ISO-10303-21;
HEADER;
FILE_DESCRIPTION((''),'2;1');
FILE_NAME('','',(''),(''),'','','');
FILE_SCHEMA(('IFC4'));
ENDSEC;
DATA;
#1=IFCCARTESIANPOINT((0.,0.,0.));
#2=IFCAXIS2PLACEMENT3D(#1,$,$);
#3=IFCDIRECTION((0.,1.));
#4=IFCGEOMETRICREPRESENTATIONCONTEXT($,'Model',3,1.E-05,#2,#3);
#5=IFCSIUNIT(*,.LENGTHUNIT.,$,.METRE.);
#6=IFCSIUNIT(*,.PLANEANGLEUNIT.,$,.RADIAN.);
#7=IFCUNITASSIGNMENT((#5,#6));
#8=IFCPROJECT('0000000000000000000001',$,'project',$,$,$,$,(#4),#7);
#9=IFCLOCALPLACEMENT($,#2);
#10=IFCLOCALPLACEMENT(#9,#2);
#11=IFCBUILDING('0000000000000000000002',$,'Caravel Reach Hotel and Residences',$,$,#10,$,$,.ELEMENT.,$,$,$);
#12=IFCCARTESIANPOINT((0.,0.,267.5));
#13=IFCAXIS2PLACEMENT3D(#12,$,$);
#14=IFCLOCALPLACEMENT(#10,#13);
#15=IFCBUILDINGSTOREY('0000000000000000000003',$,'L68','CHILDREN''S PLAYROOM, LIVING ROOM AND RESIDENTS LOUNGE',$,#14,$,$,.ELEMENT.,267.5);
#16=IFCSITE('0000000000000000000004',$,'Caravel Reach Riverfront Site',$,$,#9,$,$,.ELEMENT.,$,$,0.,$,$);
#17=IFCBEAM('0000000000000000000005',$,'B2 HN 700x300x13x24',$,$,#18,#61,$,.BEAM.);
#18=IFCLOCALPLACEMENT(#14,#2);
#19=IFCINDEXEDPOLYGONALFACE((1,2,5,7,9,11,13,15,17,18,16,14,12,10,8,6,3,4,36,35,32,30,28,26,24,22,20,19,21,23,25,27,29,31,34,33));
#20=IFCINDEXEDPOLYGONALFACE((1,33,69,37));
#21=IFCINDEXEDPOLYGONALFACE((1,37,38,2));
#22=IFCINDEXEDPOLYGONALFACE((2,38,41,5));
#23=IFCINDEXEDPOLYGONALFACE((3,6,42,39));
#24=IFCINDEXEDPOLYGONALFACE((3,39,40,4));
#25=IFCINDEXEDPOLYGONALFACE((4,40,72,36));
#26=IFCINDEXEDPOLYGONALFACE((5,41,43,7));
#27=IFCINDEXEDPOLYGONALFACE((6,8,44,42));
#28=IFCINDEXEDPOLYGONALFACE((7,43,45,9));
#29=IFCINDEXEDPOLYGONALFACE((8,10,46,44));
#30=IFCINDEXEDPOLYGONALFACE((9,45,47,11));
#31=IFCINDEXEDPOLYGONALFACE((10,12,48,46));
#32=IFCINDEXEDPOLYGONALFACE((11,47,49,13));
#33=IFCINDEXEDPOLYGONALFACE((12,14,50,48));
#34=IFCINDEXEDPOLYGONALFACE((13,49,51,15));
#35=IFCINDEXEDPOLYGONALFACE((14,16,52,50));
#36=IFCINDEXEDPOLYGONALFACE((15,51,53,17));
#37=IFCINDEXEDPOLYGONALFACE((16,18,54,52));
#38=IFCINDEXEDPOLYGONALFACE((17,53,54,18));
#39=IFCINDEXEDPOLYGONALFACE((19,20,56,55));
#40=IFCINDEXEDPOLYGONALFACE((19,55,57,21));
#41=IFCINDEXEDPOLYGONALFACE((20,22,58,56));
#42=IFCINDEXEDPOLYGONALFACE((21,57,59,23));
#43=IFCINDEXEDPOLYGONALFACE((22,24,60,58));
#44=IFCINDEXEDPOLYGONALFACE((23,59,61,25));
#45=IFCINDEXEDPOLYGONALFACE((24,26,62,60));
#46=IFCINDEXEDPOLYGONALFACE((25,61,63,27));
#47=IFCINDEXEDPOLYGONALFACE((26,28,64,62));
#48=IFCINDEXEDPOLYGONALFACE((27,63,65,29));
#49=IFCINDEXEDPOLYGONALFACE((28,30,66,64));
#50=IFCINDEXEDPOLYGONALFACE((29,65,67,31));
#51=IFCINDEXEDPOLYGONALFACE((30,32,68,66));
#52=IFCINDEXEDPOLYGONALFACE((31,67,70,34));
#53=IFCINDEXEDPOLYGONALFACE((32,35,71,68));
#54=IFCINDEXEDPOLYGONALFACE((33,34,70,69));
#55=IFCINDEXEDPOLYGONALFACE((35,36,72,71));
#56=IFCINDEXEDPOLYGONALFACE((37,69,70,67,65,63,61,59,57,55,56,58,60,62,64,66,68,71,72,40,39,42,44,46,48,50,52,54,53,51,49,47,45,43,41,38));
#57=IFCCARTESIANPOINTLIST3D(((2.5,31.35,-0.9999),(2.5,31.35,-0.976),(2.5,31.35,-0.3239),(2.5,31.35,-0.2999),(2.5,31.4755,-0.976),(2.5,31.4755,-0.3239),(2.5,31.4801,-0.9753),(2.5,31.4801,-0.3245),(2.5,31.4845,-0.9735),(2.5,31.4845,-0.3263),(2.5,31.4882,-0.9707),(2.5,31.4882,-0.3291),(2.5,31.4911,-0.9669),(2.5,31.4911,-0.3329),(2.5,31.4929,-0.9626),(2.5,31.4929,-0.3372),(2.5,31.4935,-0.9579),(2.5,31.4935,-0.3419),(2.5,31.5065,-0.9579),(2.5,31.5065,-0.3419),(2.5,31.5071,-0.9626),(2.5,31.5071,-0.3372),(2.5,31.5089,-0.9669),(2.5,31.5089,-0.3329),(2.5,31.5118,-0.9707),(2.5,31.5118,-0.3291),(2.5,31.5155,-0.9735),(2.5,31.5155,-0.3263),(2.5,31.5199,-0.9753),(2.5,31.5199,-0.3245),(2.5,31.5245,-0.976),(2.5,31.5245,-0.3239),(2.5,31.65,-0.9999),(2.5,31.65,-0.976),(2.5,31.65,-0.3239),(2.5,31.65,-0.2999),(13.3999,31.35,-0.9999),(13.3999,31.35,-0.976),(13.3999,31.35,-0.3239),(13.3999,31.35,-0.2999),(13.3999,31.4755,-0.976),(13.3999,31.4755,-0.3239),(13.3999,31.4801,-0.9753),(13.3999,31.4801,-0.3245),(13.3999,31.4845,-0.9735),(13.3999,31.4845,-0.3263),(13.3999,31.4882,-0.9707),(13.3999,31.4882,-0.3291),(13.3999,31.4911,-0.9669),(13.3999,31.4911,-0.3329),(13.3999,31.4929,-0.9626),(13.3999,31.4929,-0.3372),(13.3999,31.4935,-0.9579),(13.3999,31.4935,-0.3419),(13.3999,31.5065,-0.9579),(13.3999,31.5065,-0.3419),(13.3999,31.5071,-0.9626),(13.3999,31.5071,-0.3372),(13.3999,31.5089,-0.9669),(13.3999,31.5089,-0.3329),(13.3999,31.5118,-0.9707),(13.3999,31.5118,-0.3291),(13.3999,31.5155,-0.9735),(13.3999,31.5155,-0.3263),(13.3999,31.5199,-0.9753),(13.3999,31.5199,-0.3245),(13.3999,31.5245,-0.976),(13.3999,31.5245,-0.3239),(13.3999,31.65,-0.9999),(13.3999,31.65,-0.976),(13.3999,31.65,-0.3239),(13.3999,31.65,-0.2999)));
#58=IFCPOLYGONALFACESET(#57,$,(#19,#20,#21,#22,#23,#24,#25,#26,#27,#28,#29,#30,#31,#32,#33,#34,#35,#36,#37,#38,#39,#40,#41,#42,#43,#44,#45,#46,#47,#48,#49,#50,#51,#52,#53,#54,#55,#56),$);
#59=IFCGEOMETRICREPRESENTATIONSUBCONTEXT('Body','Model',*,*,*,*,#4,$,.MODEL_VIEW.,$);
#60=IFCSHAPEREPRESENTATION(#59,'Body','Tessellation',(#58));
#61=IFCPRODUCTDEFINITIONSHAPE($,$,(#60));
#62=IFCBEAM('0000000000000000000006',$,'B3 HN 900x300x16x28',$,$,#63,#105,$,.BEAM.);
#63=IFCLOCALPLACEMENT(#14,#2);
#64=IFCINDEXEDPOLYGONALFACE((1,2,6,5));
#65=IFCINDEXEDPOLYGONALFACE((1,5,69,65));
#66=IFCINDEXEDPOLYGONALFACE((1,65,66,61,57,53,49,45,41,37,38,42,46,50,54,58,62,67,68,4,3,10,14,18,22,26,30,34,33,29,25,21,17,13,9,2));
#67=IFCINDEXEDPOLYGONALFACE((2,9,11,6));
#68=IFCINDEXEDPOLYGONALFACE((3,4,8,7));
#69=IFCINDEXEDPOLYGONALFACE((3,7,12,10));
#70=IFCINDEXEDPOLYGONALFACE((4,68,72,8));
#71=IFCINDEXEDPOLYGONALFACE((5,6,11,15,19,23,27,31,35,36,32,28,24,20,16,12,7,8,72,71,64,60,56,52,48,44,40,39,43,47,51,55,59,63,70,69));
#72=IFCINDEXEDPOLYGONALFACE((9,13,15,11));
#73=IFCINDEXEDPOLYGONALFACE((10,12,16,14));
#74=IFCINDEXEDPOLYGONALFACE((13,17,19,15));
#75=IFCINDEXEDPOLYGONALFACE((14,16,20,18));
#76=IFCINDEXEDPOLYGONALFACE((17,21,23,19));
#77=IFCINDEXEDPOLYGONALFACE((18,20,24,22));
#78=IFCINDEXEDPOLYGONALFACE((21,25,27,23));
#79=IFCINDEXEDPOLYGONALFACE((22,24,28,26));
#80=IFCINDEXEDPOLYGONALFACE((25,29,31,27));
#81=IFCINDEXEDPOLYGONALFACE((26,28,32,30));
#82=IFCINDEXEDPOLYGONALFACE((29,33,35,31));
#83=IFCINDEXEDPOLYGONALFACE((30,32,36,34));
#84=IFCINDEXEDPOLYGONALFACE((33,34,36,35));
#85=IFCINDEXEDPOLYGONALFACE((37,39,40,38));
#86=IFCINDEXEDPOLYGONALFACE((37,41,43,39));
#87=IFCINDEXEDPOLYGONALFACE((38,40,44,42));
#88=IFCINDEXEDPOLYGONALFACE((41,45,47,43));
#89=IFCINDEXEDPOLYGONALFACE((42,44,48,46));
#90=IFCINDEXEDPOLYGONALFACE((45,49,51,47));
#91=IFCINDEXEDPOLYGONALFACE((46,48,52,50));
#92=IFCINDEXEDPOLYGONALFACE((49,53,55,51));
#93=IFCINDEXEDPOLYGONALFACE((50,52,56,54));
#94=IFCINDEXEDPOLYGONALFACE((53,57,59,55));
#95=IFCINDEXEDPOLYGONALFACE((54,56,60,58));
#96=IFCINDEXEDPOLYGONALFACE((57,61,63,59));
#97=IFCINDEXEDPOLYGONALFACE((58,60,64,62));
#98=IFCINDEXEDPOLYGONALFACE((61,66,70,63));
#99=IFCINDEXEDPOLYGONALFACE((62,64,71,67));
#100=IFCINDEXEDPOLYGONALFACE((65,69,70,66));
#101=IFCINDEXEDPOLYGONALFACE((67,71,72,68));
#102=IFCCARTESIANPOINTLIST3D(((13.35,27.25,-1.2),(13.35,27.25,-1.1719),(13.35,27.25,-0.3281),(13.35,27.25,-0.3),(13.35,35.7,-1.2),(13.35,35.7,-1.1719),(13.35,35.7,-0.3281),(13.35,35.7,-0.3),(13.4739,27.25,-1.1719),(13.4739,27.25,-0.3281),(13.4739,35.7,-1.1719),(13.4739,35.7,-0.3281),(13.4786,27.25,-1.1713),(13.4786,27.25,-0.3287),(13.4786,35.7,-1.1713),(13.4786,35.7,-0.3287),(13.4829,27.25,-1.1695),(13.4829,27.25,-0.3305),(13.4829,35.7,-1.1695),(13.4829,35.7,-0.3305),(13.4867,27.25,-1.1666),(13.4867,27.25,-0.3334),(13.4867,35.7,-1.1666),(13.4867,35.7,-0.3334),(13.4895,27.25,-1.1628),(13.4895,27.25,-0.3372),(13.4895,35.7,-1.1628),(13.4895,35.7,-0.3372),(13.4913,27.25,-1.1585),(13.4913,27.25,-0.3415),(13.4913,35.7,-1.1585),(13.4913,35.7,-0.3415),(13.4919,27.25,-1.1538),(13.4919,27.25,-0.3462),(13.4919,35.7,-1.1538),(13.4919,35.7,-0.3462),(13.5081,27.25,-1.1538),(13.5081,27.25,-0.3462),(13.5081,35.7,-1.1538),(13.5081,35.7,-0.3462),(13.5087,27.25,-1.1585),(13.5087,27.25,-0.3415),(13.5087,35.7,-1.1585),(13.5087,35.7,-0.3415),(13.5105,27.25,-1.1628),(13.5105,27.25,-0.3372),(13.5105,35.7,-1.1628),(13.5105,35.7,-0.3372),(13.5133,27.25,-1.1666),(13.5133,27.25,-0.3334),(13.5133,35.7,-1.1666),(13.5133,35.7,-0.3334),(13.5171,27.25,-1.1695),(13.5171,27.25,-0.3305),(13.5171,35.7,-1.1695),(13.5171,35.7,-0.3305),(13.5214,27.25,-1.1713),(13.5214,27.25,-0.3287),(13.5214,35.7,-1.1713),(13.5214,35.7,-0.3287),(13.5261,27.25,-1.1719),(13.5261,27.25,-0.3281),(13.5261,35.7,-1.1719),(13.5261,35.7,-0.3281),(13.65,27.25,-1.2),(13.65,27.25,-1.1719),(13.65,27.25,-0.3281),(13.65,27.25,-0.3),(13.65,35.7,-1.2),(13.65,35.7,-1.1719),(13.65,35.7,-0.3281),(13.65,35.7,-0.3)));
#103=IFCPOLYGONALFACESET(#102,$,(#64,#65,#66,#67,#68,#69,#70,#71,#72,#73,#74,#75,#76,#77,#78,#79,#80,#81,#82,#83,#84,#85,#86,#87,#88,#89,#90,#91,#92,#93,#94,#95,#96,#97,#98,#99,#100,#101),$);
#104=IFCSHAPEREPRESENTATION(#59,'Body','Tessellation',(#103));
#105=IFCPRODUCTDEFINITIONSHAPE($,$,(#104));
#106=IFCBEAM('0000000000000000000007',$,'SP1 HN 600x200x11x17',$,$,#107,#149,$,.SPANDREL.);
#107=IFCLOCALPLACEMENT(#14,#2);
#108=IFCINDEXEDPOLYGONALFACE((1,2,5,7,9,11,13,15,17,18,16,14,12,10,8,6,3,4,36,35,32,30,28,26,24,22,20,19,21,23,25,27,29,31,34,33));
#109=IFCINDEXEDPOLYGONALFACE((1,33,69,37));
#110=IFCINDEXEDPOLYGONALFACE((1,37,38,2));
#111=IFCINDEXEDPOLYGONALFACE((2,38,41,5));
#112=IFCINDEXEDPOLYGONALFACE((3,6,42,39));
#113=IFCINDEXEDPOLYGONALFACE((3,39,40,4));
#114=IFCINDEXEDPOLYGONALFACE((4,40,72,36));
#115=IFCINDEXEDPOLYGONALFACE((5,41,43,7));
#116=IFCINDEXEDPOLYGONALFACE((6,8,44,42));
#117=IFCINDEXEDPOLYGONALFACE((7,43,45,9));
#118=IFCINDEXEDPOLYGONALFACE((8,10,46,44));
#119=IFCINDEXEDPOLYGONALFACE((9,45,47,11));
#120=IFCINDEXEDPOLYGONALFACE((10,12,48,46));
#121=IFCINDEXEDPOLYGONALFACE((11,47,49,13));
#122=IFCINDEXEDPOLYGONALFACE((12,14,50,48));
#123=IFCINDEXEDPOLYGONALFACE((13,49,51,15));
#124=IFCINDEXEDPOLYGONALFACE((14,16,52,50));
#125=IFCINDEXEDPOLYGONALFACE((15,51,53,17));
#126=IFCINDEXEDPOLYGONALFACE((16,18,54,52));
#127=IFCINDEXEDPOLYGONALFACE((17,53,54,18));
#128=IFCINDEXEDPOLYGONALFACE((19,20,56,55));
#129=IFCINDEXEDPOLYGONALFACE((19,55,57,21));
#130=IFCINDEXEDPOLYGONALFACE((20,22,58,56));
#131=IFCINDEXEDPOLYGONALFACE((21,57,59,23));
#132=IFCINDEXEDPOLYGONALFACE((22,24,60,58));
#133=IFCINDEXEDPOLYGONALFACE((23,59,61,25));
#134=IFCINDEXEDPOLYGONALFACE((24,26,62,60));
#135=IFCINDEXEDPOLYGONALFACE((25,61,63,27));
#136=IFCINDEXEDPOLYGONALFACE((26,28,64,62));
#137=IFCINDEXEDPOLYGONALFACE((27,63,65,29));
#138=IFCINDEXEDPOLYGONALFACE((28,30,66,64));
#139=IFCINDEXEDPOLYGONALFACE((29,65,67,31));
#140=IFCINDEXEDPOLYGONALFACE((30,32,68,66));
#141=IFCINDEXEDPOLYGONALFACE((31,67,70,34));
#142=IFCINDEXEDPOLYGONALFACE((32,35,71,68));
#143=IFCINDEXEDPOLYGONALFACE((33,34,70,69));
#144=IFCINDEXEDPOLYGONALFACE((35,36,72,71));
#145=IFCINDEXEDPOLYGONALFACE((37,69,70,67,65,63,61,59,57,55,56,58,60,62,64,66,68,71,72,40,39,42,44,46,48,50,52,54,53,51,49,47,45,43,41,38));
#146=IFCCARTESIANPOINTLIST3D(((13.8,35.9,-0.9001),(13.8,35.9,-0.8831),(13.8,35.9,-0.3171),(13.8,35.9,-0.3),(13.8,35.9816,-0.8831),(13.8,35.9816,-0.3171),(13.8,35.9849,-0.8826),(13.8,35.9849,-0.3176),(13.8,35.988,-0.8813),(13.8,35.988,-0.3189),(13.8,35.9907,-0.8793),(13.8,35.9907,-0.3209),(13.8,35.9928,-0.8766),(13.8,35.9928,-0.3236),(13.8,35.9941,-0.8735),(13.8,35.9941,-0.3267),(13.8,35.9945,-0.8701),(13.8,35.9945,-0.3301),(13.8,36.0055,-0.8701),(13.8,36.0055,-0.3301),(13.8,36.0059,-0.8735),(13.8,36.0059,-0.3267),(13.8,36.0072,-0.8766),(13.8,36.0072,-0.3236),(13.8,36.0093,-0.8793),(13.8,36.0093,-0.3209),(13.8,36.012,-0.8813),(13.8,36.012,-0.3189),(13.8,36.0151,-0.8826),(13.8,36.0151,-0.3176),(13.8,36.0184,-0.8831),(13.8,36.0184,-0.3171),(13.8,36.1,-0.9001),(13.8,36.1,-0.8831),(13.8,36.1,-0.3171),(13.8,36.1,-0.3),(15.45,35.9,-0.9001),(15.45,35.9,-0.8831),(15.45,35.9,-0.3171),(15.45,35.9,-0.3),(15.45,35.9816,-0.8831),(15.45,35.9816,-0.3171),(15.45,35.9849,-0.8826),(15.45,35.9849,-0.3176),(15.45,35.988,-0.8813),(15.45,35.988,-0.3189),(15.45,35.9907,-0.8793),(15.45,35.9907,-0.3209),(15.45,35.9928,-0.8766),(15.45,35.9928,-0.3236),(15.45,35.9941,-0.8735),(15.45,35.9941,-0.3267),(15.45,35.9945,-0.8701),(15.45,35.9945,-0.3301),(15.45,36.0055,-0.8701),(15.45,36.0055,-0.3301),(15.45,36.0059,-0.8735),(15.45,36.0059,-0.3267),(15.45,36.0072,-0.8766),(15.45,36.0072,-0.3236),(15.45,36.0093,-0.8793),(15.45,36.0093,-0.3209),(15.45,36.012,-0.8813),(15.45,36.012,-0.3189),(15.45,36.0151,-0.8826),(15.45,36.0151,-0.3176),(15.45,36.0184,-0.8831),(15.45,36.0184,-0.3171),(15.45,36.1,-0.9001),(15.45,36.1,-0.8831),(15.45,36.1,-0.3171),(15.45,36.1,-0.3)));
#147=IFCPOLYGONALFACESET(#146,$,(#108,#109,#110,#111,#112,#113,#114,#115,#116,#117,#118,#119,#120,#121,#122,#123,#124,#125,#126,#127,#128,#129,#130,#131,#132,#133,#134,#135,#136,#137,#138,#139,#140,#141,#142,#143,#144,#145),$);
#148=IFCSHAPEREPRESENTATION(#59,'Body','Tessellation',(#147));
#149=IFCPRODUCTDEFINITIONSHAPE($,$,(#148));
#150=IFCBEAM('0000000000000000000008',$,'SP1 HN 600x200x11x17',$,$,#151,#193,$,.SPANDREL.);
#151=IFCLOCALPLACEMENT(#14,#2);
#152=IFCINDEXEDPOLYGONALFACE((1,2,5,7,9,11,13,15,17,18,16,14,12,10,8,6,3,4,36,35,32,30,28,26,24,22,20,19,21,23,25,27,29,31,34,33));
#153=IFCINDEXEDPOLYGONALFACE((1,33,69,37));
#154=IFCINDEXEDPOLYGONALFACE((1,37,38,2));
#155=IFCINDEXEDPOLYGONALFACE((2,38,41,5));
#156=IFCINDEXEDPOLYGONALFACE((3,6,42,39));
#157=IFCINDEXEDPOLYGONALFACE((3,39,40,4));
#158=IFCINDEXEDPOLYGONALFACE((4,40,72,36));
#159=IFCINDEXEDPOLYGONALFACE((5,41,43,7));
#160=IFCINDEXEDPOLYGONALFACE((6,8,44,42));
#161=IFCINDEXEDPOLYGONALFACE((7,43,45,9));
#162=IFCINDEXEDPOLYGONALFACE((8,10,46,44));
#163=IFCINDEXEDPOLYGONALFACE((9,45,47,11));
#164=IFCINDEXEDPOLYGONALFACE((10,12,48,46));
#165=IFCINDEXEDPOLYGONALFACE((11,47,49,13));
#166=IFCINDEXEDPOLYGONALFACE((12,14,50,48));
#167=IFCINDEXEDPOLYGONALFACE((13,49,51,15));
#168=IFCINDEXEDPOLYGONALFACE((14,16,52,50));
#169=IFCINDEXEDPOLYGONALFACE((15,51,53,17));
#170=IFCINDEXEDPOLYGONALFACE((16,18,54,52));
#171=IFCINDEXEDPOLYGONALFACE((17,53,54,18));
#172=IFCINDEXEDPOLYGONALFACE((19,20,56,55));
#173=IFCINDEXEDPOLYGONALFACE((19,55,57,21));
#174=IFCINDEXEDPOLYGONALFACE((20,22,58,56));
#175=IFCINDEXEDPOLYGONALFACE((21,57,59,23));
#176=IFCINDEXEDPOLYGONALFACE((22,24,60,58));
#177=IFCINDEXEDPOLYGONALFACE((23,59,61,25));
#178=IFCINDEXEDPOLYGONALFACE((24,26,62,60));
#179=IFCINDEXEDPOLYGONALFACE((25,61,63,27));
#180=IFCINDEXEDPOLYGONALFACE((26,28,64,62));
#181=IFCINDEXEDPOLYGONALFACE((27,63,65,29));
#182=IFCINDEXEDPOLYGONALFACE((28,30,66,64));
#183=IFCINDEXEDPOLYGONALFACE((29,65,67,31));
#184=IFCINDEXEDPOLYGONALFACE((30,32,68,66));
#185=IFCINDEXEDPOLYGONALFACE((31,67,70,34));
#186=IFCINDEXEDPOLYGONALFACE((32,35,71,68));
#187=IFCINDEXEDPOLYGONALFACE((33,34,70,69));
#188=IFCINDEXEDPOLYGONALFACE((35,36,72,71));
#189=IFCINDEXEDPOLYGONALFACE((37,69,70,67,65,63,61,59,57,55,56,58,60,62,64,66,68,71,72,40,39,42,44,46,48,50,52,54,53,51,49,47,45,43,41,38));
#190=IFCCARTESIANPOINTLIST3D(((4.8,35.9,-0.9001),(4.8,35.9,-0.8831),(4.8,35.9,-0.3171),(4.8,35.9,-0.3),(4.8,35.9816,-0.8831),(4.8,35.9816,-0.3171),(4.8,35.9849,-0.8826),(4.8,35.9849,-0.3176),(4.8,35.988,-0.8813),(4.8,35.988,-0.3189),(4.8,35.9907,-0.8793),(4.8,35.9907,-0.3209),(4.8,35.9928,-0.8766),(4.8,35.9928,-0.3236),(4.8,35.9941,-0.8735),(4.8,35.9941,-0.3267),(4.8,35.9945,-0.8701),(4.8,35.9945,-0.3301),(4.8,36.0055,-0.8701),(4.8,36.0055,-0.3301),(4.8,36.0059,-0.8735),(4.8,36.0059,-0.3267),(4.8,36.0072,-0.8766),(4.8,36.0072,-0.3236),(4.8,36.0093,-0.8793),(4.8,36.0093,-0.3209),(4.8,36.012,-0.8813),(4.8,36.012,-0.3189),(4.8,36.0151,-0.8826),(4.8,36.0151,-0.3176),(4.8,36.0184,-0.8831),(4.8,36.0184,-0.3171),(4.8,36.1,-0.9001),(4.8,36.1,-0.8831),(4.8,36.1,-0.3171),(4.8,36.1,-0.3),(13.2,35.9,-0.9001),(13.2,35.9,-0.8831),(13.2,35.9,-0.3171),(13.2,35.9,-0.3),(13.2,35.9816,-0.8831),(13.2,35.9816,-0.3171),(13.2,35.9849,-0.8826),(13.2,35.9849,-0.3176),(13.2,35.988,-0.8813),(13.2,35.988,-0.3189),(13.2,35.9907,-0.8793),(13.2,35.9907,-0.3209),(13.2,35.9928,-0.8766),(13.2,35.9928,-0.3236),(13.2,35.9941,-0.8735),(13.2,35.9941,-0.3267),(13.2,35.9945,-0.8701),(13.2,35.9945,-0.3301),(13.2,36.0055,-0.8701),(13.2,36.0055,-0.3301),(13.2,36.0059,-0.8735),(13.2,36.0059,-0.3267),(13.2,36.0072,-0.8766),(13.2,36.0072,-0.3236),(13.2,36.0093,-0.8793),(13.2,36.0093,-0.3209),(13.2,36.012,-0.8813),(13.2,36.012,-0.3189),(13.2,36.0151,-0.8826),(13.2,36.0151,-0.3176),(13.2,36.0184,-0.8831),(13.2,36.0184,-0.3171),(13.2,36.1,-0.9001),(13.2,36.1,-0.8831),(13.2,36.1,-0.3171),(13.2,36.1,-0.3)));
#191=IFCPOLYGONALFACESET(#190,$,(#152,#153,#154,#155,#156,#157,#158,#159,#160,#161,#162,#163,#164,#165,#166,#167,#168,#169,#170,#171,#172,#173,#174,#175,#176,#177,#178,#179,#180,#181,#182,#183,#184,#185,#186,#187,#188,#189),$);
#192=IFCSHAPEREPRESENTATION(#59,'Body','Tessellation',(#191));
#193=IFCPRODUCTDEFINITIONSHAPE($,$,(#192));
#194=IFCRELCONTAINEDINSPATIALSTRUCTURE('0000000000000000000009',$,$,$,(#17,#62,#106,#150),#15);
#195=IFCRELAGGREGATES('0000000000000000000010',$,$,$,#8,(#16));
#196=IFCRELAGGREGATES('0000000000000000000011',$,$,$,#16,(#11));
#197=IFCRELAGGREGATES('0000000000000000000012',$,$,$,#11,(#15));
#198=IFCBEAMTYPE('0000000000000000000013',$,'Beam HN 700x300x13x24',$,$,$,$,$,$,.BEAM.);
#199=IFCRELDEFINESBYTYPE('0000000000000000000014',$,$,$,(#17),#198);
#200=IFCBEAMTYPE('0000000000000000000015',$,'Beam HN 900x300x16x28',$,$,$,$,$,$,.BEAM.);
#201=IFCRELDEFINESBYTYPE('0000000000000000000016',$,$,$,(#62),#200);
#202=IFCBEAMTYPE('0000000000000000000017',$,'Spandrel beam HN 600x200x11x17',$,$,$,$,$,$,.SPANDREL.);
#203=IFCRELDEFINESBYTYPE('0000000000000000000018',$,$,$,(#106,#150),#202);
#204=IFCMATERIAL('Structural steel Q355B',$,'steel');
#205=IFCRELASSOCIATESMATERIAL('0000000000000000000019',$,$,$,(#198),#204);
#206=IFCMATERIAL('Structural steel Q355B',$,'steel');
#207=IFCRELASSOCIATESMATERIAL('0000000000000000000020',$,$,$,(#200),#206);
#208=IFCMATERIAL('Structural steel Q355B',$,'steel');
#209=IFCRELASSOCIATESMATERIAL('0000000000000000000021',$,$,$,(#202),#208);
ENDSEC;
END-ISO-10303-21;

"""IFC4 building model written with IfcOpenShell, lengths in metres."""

from ifc_helpers import new_model, si_unit, direction, frame, origin, origin_2d, place, context, subcontext, project, spatial, i_section, extrude, material, material_profile, profile_set, type_object, element, save


model = new_model("IFC4")

# Units and contexts
model_context = context("Model", 3, precision=1e-05, world=origin(), true_north=direction((0.0, 1.0)))
body_context = subcontext(model_context, "Body", "Model", "MODEL_VIEW")
ifc_project = project(units=[si_unit("LENGTHUNIT", "METRE"), si_unit("PLANEANGLEUNIT", "RADIAN")], contexts=[model_context])

# Site, building, storey
site_placement = place(None, origin())
site = spatial("IfcSite", under=ifc_project, at=site_placement, Name="Caravel Reach Riverfront Site", CompositionType="ELEMENT", RefElevation=0.0)
building_placement = place(site_placement, origin())
building = spatial("IfcBuilding", under=site, at=building_placement, Name="Caravel Reach Hotel and Residences", CompositionType="ELEMENT")
storey_placement = place(building_placement, frame((0.0, 0.0, 267.5)))
storey = spatial("IfcBuildingStorey", under=building, at=storey_placement, Name="L68", Description="CHILDREN'S PLAYROOM, LIVING ROOM AND RESIDENTS LOUNGE", CompositionType="ELEMENT", Elevation=267.5)

# Beams
ifc_material_1 = material(Name="Structural steel Q355B", Category="steel")
ifc_material_profile_1 = material_profile(ifc_material_1, i_section(OverallWidth=0.3, OverallDepth=0.7, WebThickness=0.0129, FlangeThickness=0.0239, FilletRadius=0.0181, at=origin_2d()), Name="HN 700x300x13x24")
ifc_profile_set_1 = profile_set([ifc_material_profile_1], Name="Structural steel Q355B")
beam_type_1 = type_object("IfcBeamType", Name="Beam HN 700x300x13x24", PredefinedType="BEAM", material=ifc_profile_set_1)
beam_1_placement = place(storey_placement, frame((13.3999, 31.5, -0.6499), z_axis=(-1.0, 0.0, 0.0), x_axis=(0.0, -1.0, 0.0)))
element("IfcBeam", 1, at=beam_1_placement, inside=storey, type_object=beam_type_1, Name="B2 HN 700x300x13x24", PredefinedType="BEAM", context=body_context, shape_type="SweptSolid", body=[
    extrude(i_section(OverallWidth=0.3, OverallDepth=0.7, WebThickness=0.0129, FlangeThickness=0.0239, FilletRadius=0.0181, at=origin_2d()), origin(), (0.0, 0.0, 1.0), 10.8999),
])
ifc_material_2 = material(Name="Structural steel Q355B", Category="steel")
ifc_material_profile_2 = material_profile(ifc_material_2, i_section(OverallWidth=0.3, OverallDepth=0.8999, WebThickness=0.0161, FlangeThickness=0.0281, FilletRadius=0.0181, at=origin_2d()), Name="HN 900x300x16x28")
ifc_profile_set_2 = profile_set([ifc_material_profile_2], Name="Structural steel Q355B")
beam_type_2 = type_object("IfcBeamType", Name="Beam HN 900x300x16x28", PredefinedType="BEAM", material=ifc_profile_set_2)
beam_2_placement = place(storey_placement, frame((13.5, 27.25, -0.75), z_axis=(0.0, 1.0, 0.0), x_axis=(-1.0, 0.0, 0.0)))
element("IfcBeam", 2, at=beam_2_placement, inside=storey, type_object=beam_type_2, Name="B3 HN 900x300x16x28", PredefinedType="BEAM", context=body_context, shape_type="SweptSolid", body=[
    extrude(i_section(OverallWidth=0.3, OverallDepth=0.8999, WebThickness=0.0161, FlangeThickness=0.0281, FilletRadius=0.0181, at=origin_2d()), origin(), (0.0, 0.0, 1.0), 8.45),
])
ifc_material_3 = material(Name="Structural steel Q355B", Category="steel")
ifc_material_profile_3 = material_profile(ifc_material_3, i_section(OverallWidth=0.2, OverallDepth=0.6001, WebThickness=0.011, FlangeThickness=0.0171, FilletRadius=0.0129, at=origin_2d()), Name="HN 600x200x11x17")
ifc_profile_set_3 = profile_set([ifc_material_profile_3], Name="Structural steel Q355B")
beam_type_3 = type_object("IfcBeamType", Name="Spandrel beam HN 600x200x11x17", PredefinedType="SPANDREL", material=ifc_profile_set_3)
beam_3_placement = place(storey_placement, frame((15.45, 36.0, -0.6001), z_axis=(-1.0, 0.0, 0.0), x_axis=(0.0, -1.0, 0.0)))
element("IfcBeam", 3, at=beam_3_placement, inside=storey, type_object=beam_type_3, Name="SP1 HN 600x200x11x17", PredefinedType="SPANDREL", context=body_context, shape_type="SweptSolid", body=[
    extrude(i_section(OverallWidth=0.2, OverallDepth=0.6001, WebThickness=0.011, FlangeThickness=0.0171, FilletRadius=0.0129, at=origin_2d()), origin(), (0.0, 0.0, 1.0), 1.6499),
])
beam_4_placement = place(storey_placement, frame((13.2, 36.0, -0.6001), z_axis=(-1.0, 0.0, 0.0), x_axis=(0.0, -1.0, 0.0)))
element("IfcBeam", 4, at=beam_4_placement, inside=storey, type_object=beam_type_3, Name="SP1 HN 600x200x11x17", PredefinedType="SPANDREL", context=body_context, shape_type="SweptSolid", body=[
    extrude(i_section(OverallWidth=0.2, OverallDepth=0.6001, WebThickness=0.011, FlangeThickness=0.0171, FilletRadius=0.0129, at=origin_2d()), origin(), (0.0, 0.0, 1.0), 8.3999),
])

save(model, "model.ifc")
